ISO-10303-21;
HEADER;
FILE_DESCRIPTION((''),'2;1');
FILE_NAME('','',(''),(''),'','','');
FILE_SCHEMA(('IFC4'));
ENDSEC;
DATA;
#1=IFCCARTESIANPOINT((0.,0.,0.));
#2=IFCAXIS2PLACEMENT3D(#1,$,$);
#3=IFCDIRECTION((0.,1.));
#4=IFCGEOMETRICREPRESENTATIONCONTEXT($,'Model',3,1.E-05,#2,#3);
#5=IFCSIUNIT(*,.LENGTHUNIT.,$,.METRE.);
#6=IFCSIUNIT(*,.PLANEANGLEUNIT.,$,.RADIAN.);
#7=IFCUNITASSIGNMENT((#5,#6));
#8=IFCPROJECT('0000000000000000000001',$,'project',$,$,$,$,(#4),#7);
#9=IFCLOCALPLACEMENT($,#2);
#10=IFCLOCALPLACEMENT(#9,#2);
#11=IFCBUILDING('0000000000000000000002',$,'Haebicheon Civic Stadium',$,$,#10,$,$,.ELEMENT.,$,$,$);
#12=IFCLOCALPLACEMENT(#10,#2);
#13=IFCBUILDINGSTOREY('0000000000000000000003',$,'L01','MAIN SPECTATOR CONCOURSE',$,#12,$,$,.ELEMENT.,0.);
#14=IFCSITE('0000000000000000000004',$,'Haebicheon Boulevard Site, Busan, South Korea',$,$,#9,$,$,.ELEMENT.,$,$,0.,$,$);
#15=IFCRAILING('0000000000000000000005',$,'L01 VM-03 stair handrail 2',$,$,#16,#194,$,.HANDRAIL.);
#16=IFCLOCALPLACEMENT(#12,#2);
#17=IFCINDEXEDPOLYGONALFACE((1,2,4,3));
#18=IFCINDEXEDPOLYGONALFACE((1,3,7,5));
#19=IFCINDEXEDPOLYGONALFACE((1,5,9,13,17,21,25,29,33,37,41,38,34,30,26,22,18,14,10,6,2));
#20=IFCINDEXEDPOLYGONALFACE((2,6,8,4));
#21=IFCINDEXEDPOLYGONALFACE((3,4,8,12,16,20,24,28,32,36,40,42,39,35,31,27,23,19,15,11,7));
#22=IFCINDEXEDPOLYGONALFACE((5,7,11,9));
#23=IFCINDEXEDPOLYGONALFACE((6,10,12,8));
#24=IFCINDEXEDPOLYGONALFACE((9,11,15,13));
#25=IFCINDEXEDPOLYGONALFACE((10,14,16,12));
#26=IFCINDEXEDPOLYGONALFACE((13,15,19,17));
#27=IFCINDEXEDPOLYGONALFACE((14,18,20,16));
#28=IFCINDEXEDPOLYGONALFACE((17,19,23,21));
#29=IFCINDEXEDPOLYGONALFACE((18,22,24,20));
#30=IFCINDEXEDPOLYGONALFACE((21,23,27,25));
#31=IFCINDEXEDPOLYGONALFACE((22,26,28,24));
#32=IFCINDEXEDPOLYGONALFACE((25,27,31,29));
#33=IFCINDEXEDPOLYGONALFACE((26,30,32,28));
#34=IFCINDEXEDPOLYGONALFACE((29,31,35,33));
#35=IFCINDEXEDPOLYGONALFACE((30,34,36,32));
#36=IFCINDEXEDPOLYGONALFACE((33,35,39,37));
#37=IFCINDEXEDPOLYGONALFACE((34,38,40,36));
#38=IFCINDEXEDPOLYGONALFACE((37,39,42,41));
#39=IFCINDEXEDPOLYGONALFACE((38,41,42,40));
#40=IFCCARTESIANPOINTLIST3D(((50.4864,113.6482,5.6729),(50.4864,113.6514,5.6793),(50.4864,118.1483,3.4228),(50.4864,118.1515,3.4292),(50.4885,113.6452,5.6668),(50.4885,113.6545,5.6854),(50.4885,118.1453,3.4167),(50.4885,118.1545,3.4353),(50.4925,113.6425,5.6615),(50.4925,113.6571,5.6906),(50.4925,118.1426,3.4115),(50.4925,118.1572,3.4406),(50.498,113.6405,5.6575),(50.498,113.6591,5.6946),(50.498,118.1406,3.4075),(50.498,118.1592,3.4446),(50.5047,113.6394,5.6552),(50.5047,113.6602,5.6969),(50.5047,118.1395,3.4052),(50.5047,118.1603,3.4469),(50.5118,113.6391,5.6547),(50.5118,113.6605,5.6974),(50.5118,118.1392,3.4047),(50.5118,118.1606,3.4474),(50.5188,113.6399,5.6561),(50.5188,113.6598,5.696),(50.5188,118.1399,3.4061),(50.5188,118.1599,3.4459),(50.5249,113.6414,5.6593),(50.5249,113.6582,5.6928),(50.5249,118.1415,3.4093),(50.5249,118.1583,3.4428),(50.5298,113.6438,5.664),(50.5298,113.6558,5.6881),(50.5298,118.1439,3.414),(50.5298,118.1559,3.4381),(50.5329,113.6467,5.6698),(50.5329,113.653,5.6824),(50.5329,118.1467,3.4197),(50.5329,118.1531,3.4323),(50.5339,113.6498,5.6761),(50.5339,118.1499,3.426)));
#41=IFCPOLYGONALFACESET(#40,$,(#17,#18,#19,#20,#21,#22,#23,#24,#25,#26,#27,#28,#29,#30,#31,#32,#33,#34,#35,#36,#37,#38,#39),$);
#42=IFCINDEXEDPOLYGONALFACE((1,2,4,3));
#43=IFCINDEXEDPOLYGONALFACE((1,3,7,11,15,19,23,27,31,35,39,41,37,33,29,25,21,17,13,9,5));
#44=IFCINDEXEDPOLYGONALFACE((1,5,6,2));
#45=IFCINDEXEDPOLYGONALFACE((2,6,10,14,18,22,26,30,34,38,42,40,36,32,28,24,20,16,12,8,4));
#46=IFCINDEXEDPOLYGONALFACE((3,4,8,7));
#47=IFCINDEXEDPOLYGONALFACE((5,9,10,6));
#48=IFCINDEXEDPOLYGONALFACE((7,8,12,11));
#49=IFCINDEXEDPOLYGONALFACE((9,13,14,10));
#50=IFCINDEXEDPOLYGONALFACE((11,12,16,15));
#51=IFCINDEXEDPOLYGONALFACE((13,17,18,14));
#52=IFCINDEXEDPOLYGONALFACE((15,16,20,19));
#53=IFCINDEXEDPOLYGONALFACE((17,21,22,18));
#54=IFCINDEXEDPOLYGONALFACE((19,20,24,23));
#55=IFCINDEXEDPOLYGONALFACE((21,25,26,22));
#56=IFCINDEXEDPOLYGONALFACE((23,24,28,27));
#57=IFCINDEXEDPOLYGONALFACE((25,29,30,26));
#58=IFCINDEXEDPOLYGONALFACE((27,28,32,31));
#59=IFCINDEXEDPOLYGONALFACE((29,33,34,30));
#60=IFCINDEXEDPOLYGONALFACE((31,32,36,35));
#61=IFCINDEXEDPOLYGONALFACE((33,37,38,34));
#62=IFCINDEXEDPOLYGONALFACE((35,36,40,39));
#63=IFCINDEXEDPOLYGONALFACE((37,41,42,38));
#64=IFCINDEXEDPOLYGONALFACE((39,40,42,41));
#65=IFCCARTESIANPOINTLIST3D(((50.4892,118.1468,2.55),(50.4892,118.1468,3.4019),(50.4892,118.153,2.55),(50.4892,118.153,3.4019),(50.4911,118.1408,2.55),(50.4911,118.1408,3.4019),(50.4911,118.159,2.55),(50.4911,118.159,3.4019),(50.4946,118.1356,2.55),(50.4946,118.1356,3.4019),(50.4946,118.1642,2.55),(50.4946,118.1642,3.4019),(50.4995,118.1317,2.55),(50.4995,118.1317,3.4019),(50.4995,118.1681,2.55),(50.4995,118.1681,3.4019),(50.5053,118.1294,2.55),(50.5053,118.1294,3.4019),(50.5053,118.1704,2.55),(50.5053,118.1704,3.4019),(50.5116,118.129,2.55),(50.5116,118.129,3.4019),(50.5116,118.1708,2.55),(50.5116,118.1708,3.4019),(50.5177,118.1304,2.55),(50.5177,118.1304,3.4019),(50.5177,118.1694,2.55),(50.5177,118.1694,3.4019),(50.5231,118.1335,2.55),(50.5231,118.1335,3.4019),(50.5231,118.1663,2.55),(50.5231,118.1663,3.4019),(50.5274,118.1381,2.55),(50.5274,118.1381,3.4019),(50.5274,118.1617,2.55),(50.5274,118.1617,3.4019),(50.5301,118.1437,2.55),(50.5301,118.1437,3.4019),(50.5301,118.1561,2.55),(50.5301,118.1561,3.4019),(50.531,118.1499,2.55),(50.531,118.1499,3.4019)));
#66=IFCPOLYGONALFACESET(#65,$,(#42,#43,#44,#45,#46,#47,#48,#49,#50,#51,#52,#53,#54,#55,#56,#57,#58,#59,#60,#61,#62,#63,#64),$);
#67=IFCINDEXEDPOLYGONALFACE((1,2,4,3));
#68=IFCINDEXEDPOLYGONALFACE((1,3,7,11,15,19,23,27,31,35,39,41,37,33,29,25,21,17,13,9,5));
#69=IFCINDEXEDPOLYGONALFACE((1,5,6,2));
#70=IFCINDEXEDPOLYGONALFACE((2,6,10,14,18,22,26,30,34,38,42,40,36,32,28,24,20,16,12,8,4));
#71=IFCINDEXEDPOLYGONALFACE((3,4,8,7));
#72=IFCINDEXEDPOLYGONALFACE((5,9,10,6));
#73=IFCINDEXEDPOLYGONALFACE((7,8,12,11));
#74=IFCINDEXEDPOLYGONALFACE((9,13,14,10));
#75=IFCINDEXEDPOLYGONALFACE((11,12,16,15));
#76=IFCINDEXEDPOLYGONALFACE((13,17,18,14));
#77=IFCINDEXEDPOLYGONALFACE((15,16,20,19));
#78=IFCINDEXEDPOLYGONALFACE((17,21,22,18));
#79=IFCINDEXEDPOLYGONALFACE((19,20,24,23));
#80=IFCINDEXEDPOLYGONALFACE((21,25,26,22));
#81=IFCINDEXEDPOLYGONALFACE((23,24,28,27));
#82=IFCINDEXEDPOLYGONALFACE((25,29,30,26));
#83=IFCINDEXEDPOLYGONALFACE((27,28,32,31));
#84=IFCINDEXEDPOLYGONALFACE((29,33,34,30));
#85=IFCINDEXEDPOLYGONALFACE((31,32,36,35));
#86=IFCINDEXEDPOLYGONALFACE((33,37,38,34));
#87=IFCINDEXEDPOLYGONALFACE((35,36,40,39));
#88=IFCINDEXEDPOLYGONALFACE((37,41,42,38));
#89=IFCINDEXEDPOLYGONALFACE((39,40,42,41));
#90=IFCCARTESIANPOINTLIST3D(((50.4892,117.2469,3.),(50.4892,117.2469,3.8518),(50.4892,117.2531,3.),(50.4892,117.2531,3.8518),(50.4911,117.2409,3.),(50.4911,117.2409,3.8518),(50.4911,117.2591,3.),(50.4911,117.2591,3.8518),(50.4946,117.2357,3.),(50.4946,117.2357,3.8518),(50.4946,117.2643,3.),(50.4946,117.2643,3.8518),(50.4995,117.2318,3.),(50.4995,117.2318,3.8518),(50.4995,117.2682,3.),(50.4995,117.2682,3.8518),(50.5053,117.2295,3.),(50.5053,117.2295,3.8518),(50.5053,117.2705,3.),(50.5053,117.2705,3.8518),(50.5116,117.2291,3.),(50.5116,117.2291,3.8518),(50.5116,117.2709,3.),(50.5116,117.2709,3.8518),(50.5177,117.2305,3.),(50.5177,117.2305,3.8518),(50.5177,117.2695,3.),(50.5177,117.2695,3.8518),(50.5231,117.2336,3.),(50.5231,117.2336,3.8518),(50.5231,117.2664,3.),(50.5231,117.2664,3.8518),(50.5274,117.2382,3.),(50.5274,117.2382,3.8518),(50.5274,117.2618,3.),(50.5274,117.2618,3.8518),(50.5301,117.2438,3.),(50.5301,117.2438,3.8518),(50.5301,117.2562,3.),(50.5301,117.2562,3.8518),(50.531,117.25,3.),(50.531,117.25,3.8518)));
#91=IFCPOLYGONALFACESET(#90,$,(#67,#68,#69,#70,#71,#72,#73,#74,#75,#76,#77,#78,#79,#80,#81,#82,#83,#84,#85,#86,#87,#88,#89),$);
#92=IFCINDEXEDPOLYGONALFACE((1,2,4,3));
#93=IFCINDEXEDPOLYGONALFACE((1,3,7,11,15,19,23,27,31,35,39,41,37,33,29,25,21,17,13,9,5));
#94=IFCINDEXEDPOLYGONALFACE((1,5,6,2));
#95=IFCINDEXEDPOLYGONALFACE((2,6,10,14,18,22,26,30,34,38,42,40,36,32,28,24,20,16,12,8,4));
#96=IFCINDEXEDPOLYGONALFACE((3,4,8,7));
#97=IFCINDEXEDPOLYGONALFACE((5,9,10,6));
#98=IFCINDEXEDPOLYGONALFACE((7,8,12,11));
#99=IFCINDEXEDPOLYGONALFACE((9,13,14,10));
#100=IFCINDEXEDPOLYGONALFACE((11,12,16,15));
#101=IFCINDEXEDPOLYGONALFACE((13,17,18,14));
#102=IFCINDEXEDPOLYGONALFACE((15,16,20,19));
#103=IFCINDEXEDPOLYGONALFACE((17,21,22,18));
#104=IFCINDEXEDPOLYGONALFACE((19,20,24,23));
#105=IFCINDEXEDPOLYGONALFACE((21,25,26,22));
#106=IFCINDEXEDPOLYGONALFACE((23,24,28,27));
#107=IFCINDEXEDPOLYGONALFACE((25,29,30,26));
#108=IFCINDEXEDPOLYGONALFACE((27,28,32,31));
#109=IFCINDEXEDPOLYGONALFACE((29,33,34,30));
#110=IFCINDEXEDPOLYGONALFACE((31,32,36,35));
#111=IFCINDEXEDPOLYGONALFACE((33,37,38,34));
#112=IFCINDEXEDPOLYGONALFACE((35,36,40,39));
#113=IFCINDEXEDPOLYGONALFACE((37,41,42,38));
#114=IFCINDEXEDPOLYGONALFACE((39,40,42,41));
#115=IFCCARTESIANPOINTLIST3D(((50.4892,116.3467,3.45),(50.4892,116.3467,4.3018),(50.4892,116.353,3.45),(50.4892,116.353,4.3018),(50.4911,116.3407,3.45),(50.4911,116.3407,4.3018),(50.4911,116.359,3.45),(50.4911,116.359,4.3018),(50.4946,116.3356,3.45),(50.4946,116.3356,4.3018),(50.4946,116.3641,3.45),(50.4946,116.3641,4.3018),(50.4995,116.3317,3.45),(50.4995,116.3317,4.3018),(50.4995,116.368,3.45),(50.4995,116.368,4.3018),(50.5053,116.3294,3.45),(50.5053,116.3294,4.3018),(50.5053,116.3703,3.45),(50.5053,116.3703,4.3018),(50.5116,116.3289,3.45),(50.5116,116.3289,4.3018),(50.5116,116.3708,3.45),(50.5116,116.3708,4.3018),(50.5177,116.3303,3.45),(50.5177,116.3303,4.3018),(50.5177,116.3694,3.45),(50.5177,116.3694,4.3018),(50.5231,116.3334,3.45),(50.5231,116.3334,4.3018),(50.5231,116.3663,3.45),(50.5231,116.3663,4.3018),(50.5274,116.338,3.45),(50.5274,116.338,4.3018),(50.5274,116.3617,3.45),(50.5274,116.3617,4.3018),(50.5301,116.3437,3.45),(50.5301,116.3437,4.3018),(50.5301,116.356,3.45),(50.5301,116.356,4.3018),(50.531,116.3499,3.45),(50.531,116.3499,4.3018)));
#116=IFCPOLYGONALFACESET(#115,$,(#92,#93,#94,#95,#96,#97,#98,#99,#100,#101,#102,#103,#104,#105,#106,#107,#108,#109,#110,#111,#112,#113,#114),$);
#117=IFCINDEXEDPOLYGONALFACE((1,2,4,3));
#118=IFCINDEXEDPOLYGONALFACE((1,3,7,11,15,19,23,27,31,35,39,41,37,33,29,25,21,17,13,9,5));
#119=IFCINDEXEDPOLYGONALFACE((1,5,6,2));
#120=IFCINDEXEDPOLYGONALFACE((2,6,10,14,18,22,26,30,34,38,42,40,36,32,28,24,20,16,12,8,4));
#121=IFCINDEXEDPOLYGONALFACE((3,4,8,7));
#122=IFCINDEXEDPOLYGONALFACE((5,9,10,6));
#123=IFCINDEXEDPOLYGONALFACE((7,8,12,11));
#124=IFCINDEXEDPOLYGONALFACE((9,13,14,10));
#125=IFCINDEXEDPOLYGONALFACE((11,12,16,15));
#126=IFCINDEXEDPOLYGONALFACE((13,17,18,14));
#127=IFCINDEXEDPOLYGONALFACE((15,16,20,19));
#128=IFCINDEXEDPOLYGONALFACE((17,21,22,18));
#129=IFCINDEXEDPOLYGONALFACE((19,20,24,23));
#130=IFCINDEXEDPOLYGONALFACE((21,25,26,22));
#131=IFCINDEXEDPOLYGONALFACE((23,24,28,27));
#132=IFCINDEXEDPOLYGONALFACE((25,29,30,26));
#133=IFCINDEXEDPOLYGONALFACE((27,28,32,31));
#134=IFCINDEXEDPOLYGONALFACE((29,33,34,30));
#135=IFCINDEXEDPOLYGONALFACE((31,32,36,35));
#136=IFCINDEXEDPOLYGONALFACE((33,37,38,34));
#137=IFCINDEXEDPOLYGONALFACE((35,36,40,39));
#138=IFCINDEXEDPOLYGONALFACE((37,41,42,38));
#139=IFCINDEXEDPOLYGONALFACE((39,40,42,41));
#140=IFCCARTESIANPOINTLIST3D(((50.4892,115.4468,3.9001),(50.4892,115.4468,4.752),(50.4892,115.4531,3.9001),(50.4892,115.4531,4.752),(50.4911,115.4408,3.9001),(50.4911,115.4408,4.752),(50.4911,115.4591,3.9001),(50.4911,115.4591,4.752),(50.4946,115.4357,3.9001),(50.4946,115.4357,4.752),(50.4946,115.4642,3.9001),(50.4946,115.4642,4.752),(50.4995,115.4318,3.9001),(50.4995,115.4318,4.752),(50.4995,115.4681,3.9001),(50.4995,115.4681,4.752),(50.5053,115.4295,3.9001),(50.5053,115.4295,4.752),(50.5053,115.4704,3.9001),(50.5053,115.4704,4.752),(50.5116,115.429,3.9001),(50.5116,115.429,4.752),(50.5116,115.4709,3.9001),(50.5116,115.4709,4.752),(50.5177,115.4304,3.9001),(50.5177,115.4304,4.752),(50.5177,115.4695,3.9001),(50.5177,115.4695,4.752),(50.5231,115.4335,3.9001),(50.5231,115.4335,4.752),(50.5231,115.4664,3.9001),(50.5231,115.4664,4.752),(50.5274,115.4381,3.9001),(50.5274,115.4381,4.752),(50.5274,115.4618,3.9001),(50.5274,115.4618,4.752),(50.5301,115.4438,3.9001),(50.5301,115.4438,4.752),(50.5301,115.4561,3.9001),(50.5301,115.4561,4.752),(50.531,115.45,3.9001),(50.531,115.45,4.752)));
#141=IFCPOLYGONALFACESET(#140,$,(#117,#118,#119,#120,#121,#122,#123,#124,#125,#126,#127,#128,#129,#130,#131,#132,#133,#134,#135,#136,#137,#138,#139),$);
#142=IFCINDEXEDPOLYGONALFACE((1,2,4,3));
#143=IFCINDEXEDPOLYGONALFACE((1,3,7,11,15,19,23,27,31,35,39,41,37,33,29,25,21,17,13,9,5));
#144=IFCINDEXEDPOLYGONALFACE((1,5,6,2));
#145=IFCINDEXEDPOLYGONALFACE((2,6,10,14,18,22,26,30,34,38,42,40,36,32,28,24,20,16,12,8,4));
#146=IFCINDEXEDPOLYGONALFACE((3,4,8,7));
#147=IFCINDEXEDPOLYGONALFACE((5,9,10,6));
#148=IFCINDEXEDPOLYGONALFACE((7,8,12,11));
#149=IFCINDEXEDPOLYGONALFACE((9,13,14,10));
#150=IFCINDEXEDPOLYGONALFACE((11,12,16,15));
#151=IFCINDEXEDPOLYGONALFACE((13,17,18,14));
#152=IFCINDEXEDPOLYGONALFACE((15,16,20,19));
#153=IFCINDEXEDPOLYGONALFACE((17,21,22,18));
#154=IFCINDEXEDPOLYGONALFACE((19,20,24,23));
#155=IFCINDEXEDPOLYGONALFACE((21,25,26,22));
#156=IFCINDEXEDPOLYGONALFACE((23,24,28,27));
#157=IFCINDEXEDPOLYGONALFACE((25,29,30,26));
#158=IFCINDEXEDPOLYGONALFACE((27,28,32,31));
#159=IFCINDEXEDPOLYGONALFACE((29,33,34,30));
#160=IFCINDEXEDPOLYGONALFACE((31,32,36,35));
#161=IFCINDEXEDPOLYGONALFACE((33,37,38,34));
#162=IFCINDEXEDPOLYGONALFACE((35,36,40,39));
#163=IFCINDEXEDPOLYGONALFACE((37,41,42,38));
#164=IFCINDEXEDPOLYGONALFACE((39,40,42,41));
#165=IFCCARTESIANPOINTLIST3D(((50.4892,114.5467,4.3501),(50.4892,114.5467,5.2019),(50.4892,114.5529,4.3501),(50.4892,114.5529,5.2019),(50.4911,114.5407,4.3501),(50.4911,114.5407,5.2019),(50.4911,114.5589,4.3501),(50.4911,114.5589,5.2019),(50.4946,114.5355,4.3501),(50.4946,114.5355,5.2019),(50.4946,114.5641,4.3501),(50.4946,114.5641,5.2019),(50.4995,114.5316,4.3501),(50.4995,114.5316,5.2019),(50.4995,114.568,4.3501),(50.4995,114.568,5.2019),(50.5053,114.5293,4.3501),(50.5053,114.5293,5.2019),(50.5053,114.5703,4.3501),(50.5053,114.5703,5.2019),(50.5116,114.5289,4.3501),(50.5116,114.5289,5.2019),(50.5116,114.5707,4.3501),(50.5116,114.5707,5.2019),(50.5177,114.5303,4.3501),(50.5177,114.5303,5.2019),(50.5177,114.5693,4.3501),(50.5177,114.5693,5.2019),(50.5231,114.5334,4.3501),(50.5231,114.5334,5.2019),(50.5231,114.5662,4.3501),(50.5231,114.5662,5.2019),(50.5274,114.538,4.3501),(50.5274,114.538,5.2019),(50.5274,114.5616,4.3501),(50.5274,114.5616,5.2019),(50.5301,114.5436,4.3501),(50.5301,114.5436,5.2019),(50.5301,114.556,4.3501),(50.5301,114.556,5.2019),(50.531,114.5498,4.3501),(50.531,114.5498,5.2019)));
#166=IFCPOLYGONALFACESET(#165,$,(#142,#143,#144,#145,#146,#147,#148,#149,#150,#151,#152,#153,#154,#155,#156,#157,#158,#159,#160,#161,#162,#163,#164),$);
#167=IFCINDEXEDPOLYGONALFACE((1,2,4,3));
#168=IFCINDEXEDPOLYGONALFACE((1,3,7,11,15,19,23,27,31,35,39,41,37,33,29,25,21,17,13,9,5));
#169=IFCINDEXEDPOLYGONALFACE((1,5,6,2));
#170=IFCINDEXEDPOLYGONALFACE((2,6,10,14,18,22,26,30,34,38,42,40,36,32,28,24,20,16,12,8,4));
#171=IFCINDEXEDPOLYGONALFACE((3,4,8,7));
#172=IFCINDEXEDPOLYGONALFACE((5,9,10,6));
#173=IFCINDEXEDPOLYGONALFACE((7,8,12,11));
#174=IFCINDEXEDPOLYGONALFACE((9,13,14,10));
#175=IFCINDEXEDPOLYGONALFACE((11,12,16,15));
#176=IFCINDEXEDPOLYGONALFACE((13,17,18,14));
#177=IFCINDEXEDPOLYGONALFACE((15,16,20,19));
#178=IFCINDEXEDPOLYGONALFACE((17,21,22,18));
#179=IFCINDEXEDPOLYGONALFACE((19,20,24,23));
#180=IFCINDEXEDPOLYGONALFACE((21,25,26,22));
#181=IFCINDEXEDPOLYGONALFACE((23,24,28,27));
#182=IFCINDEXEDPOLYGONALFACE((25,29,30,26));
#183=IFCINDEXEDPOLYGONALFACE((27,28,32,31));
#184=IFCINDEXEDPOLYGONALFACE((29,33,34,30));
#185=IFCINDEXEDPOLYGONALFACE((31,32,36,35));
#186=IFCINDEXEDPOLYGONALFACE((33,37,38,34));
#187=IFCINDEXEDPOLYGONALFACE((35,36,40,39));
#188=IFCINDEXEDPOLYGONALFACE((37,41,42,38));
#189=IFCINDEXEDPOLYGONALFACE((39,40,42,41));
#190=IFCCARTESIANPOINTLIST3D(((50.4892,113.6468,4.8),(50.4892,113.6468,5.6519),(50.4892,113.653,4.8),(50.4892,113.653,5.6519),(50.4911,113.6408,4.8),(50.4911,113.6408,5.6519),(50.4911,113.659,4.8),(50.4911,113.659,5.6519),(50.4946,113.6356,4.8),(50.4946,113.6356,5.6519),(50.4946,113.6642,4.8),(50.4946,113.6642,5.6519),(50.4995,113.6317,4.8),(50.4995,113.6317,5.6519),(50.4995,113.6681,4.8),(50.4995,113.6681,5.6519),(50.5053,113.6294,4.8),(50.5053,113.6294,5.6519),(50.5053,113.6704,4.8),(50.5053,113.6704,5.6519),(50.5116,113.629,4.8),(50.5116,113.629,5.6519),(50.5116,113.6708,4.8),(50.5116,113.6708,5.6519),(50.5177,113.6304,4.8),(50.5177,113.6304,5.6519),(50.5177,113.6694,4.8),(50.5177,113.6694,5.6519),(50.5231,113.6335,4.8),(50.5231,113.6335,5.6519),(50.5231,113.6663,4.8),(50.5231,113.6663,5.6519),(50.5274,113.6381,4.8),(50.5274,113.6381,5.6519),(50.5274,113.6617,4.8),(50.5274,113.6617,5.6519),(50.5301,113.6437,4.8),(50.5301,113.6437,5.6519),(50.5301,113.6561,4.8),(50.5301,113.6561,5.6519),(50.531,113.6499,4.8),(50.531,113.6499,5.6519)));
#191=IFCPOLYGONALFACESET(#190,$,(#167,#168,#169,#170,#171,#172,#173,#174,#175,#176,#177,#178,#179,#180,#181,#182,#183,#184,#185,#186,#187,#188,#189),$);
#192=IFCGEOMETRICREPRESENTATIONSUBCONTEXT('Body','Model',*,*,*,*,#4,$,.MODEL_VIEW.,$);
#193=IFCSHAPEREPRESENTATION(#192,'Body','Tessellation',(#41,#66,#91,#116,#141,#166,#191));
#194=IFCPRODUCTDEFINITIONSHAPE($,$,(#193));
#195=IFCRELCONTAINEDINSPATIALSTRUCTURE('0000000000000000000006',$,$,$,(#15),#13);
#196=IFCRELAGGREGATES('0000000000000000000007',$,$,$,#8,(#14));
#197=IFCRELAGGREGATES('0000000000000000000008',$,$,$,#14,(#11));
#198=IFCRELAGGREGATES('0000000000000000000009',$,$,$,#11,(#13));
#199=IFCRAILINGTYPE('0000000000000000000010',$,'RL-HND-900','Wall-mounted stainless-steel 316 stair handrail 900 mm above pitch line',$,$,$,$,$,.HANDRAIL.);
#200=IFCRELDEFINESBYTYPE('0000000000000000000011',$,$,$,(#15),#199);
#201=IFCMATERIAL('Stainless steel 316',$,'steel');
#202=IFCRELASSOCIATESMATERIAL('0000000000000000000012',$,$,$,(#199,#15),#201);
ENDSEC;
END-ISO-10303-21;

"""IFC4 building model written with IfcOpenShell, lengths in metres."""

from ifc_helpers import new_model, si_unit, direction, frame, origin, origin_2d, place, context, subcontext, project, spatial, circle, extrude, material, type_object, element, save


model = new_model("IFC4")

# Units and contexts
model_context = context("Model", 3, precision=1e-05, world=origin(), true_north=direction((0.0, 1.0)))
body_context = subcontext(model_context, "Body", "Model", "MODEL_VIEW")
ifc_project = project(units=[si_unit("LENGTHUNIT", "METRE"), si_unit("PLANEANGLEUNIT", "RADIAN")], contexts=[model_context])

# Site, building, storey
site_placement = place(None, origin())
site = spatial("IfcSite", under=ifc_project, at=site_placement, Name="Haebicheon Boulevard Site, Busan, South Korea", CompositionType="ELEMENT", RefElevation=0.0)
building_placement = place(site_placement, origin())
building = spatial("IfcBuilding", under=site, at=building_placement, Name="Haebicheon Civic Stadium", CompositionType="ELEMENT")
storey_placement = place(building_placement, origin())
storey = spatial("IfcBuildingStorey", under=building, at=storey_placement, Name="L01", Description="MAIN SPECTATOR CONCOURSE", CompositionType="ELEMENT", Elevation=0.0)

# Railing
ifc_material_1 = material(Name="Stainless steel 316", Category="steel")
railing_type_1 = type_object("IfcRailingType", Name="RL-HND-900", Description="Wall-mounted stainless-steel 316 stair handrail 900 mm above pitch line", PredefinedType="HANDRAIL", material=ifc_material_1)
railing_1_placement = place(storey_placement, frame((50.51, 118.1499, 2.55)))
element("IfcRailing", 1, at=railing_1_placement, inside=storey, type_object=railing_type_1, material=ifc_material_1, Name="L01 VM-03 stair handrail 2", PredefinedType="HANDRAIL", context=body_context, shape_type="SweptSolid", body=[
    extrude(circle(Radius=0.0239, at=origin_2d()), frame((0.0, 0.0, 0.876), z_axis=(0.0, -0.894427, 0.447214), x_axis=(1.0, 0.0, 0.0)), (0.0, 0.0, 1.0), 5.0312),
    extrude(circle(Radius=0.021, at=origin_2d()), origin(), (0.0, 0.0, 1.0), 0.8518),
    extrude(circle(Radius=0.021, at=origin_2d()), frame((0.0, -0.8999, 0.45)), (0.0, 0.0, 1.0), 0.8518),
    extrude(circle(Radius=0.021, at=origin_2d()), frame((0.0, -1.8, 0.8999)), (0.0, 0.0, 1.0), 0.8518),
    extrude(circle(Radius=0.021, at=origin_2d()), frame((0.0, -2.7, 1.3501)), (0.0, 0.0, 1.0), 0.8518),
    extrude(circle(Radius=0.021, at=origin_2d()), frame((0.0, -3.6001, 1.8)), (0.0, 0.0, 1.0), 0.8518),
    extrude(circle(Radius=0.021, at=origin_2d()), frame((0.0, -4.5, 2.25)), (0.0, 0.0, 1.0), 0.8518),
])

save(model, "model.ifc")
